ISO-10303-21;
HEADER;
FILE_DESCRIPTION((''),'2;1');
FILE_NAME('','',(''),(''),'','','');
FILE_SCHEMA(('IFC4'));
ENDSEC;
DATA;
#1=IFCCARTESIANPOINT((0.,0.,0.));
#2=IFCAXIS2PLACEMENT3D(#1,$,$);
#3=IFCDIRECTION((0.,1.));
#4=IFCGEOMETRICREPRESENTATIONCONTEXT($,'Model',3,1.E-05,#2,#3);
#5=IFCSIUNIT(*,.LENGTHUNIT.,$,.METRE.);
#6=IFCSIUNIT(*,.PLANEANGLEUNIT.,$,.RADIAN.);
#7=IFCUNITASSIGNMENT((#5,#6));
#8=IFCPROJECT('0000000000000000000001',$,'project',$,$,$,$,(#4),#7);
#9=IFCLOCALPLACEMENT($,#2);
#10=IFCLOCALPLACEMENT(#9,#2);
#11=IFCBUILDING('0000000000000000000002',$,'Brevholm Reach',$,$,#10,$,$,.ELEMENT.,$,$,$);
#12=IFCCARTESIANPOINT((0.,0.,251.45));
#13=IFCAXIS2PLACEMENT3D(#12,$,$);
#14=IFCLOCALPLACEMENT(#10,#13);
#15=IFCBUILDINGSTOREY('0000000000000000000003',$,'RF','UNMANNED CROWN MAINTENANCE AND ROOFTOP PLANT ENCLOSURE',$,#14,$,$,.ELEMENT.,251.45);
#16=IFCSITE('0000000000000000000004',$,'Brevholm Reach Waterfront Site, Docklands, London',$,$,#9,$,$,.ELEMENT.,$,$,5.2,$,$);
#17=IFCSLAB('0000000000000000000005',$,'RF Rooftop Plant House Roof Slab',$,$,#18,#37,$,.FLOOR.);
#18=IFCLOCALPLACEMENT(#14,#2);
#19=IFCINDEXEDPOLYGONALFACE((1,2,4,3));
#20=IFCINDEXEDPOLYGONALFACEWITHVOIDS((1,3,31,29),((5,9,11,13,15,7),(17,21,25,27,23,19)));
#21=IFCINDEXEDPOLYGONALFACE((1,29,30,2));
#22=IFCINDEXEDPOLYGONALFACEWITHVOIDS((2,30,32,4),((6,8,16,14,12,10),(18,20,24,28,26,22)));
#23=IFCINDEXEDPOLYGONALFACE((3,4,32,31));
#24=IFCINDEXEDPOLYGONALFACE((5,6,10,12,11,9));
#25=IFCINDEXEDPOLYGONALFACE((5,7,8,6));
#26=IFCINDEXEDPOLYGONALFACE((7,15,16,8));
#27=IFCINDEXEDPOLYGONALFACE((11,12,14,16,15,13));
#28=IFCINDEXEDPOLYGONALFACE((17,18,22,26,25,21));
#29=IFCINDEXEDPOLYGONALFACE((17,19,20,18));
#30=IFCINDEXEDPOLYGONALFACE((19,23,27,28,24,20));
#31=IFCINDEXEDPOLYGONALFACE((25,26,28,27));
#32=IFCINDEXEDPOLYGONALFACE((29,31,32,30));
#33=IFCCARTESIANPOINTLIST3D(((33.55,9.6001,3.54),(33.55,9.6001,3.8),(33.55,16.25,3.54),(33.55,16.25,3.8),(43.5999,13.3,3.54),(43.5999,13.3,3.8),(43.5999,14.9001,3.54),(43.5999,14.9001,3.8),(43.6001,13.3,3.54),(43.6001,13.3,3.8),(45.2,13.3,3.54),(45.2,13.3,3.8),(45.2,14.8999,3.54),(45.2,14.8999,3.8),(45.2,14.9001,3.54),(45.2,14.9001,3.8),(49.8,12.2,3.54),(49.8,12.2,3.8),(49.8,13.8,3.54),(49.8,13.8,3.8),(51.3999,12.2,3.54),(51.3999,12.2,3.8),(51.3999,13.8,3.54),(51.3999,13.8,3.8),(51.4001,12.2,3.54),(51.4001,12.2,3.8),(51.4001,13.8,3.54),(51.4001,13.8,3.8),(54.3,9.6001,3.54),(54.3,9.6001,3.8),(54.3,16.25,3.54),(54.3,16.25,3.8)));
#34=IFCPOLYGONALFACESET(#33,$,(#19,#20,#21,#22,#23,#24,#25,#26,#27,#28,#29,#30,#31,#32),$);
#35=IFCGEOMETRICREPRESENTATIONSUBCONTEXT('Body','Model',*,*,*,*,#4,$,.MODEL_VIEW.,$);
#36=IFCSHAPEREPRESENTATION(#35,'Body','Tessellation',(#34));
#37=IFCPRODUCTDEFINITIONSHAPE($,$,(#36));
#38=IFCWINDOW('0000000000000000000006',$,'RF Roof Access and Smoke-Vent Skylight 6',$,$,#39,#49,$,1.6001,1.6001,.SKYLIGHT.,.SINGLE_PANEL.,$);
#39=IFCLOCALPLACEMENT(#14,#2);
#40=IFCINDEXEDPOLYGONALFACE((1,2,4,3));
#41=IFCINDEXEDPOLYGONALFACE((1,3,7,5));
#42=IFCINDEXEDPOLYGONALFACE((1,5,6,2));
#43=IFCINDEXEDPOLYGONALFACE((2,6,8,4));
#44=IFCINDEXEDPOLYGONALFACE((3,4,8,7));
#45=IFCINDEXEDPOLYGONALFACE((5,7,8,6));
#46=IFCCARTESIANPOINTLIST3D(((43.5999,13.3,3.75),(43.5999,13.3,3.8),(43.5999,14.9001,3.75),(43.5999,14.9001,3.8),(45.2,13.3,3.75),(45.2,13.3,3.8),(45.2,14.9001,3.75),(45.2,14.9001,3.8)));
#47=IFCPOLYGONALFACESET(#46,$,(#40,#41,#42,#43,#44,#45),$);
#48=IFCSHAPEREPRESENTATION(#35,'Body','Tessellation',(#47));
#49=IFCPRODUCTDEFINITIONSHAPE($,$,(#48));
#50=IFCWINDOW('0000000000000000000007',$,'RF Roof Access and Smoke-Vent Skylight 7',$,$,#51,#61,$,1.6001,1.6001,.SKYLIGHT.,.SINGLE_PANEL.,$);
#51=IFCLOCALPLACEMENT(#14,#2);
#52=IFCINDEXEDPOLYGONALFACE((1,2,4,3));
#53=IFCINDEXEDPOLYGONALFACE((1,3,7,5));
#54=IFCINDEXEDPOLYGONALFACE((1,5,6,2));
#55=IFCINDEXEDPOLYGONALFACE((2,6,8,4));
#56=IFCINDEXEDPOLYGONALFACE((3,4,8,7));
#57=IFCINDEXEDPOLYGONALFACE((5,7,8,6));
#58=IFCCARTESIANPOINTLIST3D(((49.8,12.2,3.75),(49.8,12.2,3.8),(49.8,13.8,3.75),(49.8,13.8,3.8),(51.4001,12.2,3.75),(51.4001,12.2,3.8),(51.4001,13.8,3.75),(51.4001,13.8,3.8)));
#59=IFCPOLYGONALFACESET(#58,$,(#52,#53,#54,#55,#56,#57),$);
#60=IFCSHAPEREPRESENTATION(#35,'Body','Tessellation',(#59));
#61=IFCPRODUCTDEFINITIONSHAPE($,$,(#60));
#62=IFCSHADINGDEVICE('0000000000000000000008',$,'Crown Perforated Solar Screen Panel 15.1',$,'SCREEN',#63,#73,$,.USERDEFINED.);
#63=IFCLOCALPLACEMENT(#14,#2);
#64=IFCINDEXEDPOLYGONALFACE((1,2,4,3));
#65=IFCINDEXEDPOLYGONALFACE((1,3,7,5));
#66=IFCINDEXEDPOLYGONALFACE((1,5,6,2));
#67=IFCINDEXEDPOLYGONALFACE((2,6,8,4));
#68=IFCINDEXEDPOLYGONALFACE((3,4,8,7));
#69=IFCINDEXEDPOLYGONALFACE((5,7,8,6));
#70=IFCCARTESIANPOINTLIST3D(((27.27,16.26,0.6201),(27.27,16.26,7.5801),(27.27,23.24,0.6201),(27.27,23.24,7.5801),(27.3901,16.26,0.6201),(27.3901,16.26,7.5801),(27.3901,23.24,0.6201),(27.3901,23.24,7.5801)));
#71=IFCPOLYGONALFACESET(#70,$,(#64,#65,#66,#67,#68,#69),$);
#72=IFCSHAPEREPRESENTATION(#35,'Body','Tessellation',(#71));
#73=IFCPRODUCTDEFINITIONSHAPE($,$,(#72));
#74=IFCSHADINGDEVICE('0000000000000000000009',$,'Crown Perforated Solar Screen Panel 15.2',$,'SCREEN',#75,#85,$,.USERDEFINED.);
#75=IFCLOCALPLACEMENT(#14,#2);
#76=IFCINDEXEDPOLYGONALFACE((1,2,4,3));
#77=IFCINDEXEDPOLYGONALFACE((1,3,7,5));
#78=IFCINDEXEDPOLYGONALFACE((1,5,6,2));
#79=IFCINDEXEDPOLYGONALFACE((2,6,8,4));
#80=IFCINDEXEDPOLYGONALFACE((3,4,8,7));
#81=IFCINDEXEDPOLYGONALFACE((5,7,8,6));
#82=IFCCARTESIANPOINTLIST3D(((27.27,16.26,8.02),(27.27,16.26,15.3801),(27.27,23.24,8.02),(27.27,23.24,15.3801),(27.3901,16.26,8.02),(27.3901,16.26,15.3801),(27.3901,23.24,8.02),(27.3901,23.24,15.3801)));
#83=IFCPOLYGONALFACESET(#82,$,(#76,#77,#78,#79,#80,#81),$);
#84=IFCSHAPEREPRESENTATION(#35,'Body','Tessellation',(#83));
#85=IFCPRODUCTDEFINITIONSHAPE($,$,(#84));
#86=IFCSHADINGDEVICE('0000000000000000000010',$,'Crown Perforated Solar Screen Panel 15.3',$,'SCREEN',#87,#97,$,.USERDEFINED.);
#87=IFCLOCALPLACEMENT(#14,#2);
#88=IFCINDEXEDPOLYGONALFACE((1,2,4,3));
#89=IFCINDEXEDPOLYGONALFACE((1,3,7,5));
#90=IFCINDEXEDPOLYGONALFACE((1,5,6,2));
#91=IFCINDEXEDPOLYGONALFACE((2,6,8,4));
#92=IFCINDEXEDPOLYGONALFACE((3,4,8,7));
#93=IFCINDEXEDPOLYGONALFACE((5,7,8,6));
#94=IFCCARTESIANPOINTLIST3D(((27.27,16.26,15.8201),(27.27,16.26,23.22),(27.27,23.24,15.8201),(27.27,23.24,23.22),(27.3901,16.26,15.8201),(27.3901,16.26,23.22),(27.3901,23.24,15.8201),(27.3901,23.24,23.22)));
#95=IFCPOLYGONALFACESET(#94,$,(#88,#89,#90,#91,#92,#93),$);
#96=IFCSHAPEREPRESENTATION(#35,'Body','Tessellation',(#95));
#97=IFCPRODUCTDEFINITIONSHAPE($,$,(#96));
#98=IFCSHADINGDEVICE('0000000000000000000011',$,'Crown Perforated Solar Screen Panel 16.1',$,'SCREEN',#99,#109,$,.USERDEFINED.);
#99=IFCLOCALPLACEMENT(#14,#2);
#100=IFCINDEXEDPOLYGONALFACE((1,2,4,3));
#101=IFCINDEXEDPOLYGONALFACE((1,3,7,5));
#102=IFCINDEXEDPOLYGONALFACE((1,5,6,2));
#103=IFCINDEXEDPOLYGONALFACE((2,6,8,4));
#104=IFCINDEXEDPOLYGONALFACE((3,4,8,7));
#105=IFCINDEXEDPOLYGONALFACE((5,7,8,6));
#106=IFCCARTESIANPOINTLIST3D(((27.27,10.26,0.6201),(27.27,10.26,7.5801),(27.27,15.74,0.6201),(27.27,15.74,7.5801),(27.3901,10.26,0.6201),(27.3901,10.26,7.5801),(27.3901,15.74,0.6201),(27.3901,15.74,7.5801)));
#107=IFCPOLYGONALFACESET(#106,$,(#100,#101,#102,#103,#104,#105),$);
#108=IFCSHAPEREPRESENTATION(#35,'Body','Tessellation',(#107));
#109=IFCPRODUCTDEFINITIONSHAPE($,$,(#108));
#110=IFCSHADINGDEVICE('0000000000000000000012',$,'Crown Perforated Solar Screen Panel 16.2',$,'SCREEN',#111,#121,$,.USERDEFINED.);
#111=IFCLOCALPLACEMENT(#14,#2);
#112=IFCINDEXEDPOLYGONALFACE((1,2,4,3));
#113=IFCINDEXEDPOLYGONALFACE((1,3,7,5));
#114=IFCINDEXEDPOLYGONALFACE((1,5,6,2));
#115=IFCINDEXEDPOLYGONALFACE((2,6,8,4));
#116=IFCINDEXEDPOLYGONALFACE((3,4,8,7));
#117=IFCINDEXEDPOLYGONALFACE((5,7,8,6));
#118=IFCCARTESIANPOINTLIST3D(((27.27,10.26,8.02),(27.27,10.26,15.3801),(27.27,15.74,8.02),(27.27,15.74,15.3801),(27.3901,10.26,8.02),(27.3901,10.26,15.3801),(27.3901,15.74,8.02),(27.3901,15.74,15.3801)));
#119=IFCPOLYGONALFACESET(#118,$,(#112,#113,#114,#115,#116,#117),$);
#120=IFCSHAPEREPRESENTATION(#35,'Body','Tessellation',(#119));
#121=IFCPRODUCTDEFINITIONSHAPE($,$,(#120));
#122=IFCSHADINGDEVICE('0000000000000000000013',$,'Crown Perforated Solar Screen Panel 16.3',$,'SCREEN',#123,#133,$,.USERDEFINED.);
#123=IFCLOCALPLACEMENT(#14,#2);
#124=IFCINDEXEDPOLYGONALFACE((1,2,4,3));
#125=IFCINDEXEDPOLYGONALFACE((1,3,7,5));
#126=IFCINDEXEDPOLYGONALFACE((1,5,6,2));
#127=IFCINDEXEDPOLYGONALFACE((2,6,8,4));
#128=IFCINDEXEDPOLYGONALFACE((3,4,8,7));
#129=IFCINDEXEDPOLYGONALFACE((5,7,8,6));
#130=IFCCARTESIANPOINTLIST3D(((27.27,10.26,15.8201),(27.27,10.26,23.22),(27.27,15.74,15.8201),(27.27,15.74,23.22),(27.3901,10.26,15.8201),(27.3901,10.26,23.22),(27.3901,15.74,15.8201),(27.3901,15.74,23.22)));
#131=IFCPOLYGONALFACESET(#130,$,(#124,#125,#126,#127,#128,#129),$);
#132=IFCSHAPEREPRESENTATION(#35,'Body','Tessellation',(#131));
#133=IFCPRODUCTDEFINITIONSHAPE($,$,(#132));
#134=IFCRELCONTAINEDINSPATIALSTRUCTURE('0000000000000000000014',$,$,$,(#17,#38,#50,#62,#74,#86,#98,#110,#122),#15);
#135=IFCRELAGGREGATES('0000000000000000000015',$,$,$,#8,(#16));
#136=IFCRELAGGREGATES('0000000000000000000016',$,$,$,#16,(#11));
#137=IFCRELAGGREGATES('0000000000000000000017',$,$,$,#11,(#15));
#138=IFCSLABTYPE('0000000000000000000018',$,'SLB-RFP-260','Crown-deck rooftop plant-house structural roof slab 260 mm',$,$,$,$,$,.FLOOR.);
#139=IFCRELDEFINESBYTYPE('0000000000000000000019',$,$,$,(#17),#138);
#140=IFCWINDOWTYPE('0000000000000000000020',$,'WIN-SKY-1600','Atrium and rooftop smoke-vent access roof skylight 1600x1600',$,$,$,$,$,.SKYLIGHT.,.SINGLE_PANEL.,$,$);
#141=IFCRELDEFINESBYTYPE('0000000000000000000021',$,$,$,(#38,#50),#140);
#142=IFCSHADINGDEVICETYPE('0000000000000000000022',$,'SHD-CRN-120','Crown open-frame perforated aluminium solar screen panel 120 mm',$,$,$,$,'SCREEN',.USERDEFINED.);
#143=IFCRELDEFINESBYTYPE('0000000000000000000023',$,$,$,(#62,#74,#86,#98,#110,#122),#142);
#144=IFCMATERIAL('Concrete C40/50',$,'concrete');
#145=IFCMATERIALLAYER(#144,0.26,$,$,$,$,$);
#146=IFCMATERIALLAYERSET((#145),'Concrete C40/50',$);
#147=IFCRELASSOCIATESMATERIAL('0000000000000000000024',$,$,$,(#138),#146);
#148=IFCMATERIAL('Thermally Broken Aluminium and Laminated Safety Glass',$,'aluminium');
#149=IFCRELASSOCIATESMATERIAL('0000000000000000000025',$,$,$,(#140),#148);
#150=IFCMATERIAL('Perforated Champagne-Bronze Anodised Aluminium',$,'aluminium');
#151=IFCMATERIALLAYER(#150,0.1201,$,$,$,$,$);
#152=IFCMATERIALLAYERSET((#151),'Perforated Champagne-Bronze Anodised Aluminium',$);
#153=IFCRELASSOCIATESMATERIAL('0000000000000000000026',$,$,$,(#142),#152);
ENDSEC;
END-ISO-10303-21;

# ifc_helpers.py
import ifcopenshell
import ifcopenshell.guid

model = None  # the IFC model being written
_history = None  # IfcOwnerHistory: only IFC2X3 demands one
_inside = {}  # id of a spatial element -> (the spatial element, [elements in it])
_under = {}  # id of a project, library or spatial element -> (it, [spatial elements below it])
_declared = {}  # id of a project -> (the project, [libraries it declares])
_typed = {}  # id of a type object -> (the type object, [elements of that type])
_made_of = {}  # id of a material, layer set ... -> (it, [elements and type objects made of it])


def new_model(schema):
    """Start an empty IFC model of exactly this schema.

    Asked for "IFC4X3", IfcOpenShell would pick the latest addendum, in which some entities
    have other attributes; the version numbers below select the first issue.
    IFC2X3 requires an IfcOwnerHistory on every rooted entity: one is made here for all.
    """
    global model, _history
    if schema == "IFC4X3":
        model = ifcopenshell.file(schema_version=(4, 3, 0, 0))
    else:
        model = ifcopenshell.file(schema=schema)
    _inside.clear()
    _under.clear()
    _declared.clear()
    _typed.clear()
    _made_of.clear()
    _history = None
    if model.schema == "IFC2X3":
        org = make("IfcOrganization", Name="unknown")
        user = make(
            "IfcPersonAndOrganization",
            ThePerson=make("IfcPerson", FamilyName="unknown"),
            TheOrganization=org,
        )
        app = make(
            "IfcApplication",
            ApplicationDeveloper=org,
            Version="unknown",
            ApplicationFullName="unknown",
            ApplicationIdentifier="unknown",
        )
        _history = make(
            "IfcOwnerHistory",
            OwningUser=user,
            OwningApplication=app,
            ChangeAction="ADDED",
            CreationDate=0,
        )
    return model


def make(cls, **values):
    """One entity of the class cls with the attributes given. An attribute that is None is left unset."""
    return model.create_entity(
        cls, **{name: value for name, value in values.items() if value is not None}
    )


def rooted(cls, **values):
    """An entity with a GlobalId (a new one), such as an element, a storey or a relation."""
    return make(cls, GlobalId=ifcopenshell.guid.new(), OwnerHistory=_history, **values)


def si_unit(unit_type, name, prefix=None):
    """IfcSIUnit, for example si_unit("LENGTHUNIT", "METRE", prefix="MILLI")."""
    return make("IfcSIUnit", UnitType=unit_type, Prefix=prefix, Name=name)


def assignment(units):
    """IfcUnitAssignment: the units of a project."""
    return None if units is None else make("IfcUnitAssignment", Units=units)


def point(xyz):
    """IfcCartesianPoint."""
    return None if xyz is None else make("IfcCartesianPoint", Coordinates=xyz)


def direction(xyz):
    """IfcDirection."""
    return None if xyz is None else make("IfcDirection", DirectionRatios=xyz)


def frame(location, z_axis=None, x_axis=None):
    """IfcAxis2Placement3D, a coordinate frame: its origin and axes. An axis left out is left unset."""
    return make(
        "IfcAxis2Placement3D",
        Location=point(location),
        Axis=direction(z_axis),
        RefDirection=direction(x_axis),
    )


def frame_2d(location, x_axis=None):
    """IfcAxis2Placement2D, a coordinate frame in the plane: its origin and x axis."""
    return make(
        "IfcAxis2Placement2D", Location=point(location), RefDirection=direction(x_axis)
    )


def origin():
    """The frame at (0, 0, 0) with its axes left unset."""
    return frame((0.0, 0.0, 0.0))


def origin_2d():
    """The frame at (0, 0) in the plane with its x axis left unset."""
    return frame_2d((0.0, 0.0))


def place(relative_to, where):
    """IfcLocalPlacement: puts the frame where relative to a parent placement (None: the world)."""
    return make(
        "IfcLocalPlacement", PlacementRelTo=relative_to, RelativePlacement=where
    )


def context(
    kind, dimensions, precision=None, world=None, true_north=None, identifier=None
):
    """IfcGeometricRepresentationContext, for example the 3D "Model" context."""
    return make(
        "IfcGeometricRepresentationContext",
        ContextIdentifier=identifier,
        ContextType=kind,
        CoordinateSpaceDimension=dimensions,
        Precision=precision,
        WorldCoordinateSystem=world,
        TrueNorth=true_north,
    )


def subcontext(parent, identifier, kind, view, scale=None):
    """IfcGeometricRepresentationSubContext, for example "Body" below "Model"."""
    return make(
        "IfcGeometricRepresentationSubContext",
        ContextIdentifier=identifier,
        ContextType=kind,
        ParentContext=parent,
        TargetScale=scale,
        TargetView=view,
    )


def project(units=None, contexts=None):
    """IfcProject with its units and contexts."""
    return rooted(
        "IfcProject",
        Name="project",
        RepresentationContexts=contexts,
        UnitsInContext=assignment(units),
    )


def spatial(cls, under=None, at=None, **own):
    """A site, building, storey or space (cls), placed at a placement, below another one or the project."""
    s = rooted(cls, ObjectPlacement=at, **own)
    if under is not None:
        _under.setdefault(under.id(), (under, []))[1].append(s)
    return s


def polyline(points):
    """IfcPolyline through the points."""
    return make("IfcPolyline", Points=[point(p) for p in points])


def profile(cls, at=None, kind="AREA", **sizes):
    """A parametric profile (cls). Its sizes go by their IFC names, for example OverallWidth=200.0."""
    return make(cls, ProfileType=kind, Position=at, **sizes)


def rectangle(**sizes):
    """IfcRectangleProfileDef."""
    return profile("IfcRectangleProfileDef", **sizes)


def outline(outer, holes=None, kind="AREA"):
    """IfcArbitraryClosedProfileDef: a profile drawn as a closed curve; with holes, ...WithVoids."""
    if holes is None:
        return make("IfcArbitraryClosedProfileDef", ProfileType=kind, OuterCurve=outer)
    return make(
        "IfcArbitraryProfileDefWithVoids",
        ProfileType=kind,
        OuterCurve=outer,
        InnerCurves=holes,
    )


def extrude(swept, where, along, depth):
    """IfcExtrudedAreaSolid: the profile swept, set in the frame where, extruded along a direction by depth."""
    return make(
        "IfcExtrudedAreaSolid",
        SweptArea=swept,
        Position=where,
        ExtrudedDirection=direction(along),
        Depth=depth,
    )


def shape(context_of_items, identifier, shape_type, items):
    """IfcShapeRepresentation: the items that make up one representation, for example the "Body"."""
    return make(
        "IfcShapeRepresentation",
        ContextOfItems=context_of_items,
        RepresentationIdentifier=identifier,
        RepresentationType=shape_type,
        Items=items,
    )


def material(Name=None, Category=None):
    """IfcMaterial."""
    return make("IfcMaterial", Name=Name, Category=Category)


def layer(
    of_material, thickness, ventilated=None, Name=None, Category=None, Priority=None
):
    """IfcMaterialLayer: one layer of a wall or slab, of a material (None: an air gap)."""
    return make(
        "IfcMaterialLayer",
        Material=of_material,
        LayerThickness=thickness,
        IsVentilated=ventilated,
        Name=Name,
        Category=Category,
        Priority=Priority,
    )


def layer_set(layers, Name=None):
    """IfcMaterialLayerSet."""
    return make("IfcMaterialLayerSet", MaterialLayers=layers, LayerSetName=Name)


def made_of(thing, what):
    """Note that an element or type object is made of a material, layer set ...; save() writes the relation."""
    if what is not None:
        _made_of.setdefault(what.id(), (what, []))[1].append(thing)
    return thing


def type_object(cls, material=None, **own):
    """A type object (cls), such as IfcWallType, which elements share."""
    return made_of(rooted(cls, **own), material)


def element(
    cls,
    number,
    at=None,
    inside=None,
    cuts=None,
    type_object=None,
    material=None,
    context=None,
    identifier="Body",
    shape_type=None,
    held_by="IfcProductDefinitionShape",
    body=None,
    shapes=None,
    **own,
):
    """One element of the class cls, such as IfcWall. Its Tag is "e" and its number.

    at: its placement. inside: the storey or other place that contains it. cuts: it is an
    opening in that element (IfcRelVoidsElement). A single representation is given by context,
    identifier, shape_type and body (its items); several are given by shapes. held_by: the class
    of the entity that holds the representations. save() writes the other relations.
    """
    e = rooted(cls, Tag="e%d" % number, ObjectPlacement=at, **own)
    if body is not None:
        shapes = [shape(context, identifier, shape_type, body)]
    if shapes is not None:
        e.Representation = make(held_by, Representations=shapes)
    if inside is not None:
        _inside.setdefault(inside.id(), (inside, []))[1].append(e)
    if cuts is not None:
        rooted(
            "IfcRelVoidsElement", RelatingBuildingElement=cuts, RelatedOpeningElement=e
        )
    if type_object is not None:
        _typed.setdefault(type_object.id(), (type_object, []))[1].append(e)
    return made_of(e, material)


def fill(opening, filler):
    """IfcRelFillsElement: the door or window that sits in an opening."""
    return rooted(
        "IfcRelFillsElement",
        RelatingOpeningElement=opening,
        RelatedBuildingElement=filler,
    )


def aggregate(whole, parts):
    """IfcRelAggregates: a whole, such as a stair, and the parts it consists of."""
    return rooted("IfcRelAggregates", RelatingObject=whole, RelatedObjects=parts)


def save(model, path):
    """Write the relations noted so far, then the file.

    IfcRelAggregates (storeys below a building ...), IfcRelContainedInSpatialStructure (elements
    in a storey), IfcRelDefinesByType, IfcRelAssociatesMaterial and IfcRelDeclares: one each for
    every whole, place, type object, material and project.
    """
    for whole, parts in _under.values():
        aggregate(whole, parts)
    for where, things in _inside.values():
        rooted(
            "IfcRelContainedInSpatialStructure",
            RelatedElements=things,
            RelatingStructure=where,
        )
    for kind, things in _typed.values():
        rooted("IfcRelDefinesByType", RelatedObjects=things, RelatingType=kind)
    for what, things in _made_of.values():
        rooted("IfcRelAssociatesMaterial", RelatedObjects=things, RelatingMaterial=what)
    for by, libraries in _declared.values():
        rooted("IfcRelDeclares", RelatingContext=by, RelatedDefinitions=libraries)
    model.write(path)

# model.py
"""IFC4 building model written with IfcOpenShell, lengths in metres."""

from ifc_helpers import new_model, si_unit, direction, frame, origin, origin_2d, place, context, subcontext, project, spatial, polyline, rectangle, outline, extrude, material, layer, layer_set, type_object, element, fill, save


model = new_model("IFC4")

# Units and contexts
model_context = context("Model", 3, precision=1e-05, world=origin(), true_north=direction((0.0, 1.0)))
body_context = subcontext(model_context, "Body", "Model", "MODEL_VIEW")
ifc_project = project(units=[si_unit("LENGTHUNIT", "METRE"), si_unit("PLANEANGLEUNIT", "RADIAN")], contexts=[model_context])

# Site, building, storey
site_placement = place(None, origin())
site = spatial("IfcSite", under=ifc_project, at=site_placement, Name="Brevholm Reach Waterfront Site, Docklands, London", CompositionType="ELEMENT", RefElevation=5.2)
building_placement = place(site_placement, origin())
building = spatial("IfcBuilding", under=site, at=building_placement, Name="Brevholm Reach", CompositionType="ELEMENT")
storey_placement = place(building_placement, frame((0.0, 0.0, 251.45)))
storey = spatial("IfcBuildingStorey", under=building, at=storey_placement, Name="RF", Description="UNMANNED CROWN MAINTENANCE AND ROOFTOP PLANT ENCLOSURE", CompositionType="ELEMENT", Elevation=251.45)

# Slab, openings, windows
ifc_material_1 = material(Name="Concrete C40/50", Category="concrete")
ifc_layer_1 = layer(ifc_material_1, 0.26)
ifc_layer_set_1 = layer_set([ifc_layer_1], Name="Concrete C40/50")
slab_type_1 = type_object("IfcSlabType", Name="SLB-RFP-260", Description="Crown-deck rooftop plant-house structural roof slab 260 mm", PredefinedType="FLOOR", material=ifc_layer_set_1)
slab_1_placement = place(storey_placement, frame((0.0, 0.0, 3.54)))
slab_1 = element("IfcSlab", 1, at=slab_1_placement, inside=storey, type_object=slab_type_1, Name="RF Rooftop Plant House Roof Slab", PredefinedType="FLOOR", context=body_context, shape_type="SweptSolid", body=[
    extrude(outline(polyline([(33.55, 9.6001), (54.3, 9.6001), (54.3, 16.25), (33.55, 16.25), (33.55, 9.6001)]), holes=[polyline([(43.6001, 13.3), (45.2, 13.3), (45.2, 14.8999), (43.6001, 14.8999), (43.6001, 13.3)]), polyline([(49.8, 12.2), (51.3999, 12.2), (51.3999, 13.8), (49.8, 13.8), (49.8, 12.2)])]), origin(), (0.0, 0.0, 1.0), 0.26),
])
opening_1_placement = place(slab_1_placement, frame((44.3999, 14.1001, 0.0)))
opening_1 = element("IfcOpeningElement", 2, at=opening_1_placement, cuts=slab_1, PredefinedType="OPENING", context=body_context, shape_type="SweptSolid", body=[
    extrude(rectangle(XDim=1.6001, YDim=1.6001, at=origin_2d()), origin(), (0.0, 0.0, 1.0), 0.26),
])
opening_2_placement = place(slab_1_placement, frame((50.6001, 13.0, 0.0)))
opening_2 = element("IfcOpeningElement", 3, at=opening_2_placement, cuts=slab_1, PredefinedType="OPENING", context=body_context, shape_type="SweptSolid", body=[
    extrude(rectangle(XDim=1.6001, YDim=1.6001, at=origin_2d()), origin(), (0.0, 0.0, 1.0), 0.26),
])
ifc_material_2 = material(Name="Thermally Broken Aluminium and Laminated Safety Glass", Category="aluminium")
window_type = type_object("IfcWindowType", Name="WIN-SKY-1600", Description="Atrium and rooftop smoke-vent access roof skylight 1600x1600", PartitioningType="SINGLE_PANEL", PredefinedType="SKYLIGHT", material=ifc_material_2)
window_1_placement = place(opening_1_placement, frame((0.0, 0.0, 0.21)))
window_1 = element("IfcWindow", 4, at=window_1_placement, inside=storey, type_object=window_type, Name="RF Roof Access and Smoke-Vent Skylight 6", OverallHeight=1.6001, OverallWidth=1.6001, PartitioningType="SINGLE_PANEL", PredefinedType="SKYLIGHT", context=body_context, shape_type="SweptSolid", body=[
    extrude(rectangle(XDim=1.6001, YDim=1.6001, at=origin_2d()), origin(), (0.0, 0.0, 1.0), 0.05),
])
fill(opening_1, window_1)
window_2_placement = place(opening_2_placement, frame((0.0, 0.0, 0.21)))
window_2 = element("IfcWindow", 5, at=window_2_placement, inside=storey, type_object=window_type, Name="RF Roof Access and Smoke-Vent Skylight 7", OverallHeight=1.6001, OverallWidth=1.6001, PartitioningType="SINGLE_PANEL", PredefinedType="SKYLIGHT", context=body_context, shape_type="SweptSolid", body=[
    extrude(rectangle(XDim=1.6001, YDim=1.6001, at=origin_2d()), origin(), (0.0, 0.0, 1.0), 0.05),
])
fill(opening_2, window_2)

# Shading devices
ifc_material_3 = material(Name="Perforated Champagne-Bronze Anodised Aluminium", Category="aluminium")
ifc_layer_2 = layer(ifc_material_3, 0.1201)
ifc_layer_set_2 = layer_set([ifc_layer_2], Name="Perforated Champagne-Bronze Anodised Aluminium")
shading_device_type = type_object("IfcShadingDeviceType", Name="SHD-CRN-120", Description="Crown open-frame perforated aluminium solar screen panel 120 mm", ElementType="SCREEN", PredefinedType="USERDEFINED", material=ifc_layer_set_2)
shading_device_1_placement = place(storey_placement, frame((27.3301, 19.75, 0.6201), z_axis=(0.0, 0.0, 1.0), x_axis=(0.0, -1.0, 0.0)))
element("IfcShadingDevice", 6, at=shading_device_1_placement, inside=storey, type_object=shading_device_type, Name="Crown Perforated Solar Screen Panel 15.1", ObjectType="SCREEN", PredefinedType="USERDEFINED", context=body_context, shape_type="SweptSolid", body=[
    extrude(rectangle(XDim=6.98, YDim=0.1201, at=origin_2d()), origin(), (0.0, 0.0, 1.0), 6.96),
])
shading_device_2_placement = place(storey_placement, frame((27.3301, 19.75, 8.02), z_axis=(0.0, 0.0, 1.0), x_axis=(0.0, -1.0, 0.0)))
element("IfcShadingDevice", 7, at=shading_device_2_placement, inside=storey, type_object=shading_device_type, Name="Crown Perforated Solar Screen Panel 15.2", ObjectType="SCREEN", PredefinedType="USERDEFINED", context=body_context, shape_type="SweptSolid", body=[
    extrude(rectangle(XDim=6.98, YDim=0.1201, at=origin_2d()), origin(), (0.0, 0.0, 1.0), 7.3601),
])
shading_device_3_placement = place(storey_placement, frame((27.3301, 19.75, 15.8201), z_axis=(0.0, 0.0, 1.0), x_axis=(0.0, -1.0, 0.0)))
element("IfcShadingDevice", 8, at=shading_device_3_placement, inside=storey, type_object=shading_device_type, Name="Crown Perforated Solar Screen Panel 15.3", ObjectType="SCREEN", PredefinedType="USERDEFINED", context=body_context, shape_type="SweptSolid", body=[
    extrude(rectangle(XDim=6.98, YDim=0.1201, at=origin_2d()), origin(), (0.0, 0.0, 1.0), 7.3999),
])
shading_device_4_placement = place(storey_placement, frame((27.3301, 13.0, 0.6201), z_axis=(0.0, 0.0, 1.0), x_axis=(0.0, -1.0, 0.0)))
element("IfcShadingDevice", 9, at=shading_device_4_placement, inside=storey, type_object=shading_device_type, Name="Crown Perforated Solar Screen Panel 16.1", ObjectType="SCREEN", PredefinedType="USERDEFINED", context=body_context, shape_type="SweptSolid", body=[
    extrude(rectangle(XDim=5.48, YDim=0.1201, at=origin_2d()), origin(), (0.0, 0.0, 1.0), 6.96),
])
shading_device_5_placement = place(storey_placement, frame((27.3301, 13.0, 8.02), z_axis=(0.0, 0.0, 1.0), x_axis=(0.0, -1.0, 0.0)))
element("IfcShadingDevice", 10, at=shading_device_5_placement, inside=storey, type_object=shading_device_type, Name="Crown Perforated Solar Screen Panel 16.2", ObjectType="SCREEN", PredefinedType="USERDEFINED", context=body_context, shape_type="SweptSolid", body=[
    extrude(rectangle(XDim=5.48, YDim=0.1201, at=origin_2d()), origin(), (0.0, 0.0, 1.0), 7.3601),
])
shading_device_6_placement = place(storey_placement, frame((27.3301, 13.0, 15.8201), z_axis=(0.0, 0.0, 1.0), x_axis=(0.0, -1.0, 0.0)))
element("IfcShadingDevice", 11, at=shading_device_6_placement, inside=storey, type_object=shading_device_type, Name="Crown Perforated Solar Screen Panel 16.3", ObjectType="SCREEN", PredefinedType="USERDEFINED", context=body_context, shape_type="SweptSolid", body=[
    extrude(rectangle(XDim=5.48, YDim=0.1201, at=origin_2d()), origin(), (0.0, 0.0, 1.0), 7.3999),
])

save(model, "model.ifc")
